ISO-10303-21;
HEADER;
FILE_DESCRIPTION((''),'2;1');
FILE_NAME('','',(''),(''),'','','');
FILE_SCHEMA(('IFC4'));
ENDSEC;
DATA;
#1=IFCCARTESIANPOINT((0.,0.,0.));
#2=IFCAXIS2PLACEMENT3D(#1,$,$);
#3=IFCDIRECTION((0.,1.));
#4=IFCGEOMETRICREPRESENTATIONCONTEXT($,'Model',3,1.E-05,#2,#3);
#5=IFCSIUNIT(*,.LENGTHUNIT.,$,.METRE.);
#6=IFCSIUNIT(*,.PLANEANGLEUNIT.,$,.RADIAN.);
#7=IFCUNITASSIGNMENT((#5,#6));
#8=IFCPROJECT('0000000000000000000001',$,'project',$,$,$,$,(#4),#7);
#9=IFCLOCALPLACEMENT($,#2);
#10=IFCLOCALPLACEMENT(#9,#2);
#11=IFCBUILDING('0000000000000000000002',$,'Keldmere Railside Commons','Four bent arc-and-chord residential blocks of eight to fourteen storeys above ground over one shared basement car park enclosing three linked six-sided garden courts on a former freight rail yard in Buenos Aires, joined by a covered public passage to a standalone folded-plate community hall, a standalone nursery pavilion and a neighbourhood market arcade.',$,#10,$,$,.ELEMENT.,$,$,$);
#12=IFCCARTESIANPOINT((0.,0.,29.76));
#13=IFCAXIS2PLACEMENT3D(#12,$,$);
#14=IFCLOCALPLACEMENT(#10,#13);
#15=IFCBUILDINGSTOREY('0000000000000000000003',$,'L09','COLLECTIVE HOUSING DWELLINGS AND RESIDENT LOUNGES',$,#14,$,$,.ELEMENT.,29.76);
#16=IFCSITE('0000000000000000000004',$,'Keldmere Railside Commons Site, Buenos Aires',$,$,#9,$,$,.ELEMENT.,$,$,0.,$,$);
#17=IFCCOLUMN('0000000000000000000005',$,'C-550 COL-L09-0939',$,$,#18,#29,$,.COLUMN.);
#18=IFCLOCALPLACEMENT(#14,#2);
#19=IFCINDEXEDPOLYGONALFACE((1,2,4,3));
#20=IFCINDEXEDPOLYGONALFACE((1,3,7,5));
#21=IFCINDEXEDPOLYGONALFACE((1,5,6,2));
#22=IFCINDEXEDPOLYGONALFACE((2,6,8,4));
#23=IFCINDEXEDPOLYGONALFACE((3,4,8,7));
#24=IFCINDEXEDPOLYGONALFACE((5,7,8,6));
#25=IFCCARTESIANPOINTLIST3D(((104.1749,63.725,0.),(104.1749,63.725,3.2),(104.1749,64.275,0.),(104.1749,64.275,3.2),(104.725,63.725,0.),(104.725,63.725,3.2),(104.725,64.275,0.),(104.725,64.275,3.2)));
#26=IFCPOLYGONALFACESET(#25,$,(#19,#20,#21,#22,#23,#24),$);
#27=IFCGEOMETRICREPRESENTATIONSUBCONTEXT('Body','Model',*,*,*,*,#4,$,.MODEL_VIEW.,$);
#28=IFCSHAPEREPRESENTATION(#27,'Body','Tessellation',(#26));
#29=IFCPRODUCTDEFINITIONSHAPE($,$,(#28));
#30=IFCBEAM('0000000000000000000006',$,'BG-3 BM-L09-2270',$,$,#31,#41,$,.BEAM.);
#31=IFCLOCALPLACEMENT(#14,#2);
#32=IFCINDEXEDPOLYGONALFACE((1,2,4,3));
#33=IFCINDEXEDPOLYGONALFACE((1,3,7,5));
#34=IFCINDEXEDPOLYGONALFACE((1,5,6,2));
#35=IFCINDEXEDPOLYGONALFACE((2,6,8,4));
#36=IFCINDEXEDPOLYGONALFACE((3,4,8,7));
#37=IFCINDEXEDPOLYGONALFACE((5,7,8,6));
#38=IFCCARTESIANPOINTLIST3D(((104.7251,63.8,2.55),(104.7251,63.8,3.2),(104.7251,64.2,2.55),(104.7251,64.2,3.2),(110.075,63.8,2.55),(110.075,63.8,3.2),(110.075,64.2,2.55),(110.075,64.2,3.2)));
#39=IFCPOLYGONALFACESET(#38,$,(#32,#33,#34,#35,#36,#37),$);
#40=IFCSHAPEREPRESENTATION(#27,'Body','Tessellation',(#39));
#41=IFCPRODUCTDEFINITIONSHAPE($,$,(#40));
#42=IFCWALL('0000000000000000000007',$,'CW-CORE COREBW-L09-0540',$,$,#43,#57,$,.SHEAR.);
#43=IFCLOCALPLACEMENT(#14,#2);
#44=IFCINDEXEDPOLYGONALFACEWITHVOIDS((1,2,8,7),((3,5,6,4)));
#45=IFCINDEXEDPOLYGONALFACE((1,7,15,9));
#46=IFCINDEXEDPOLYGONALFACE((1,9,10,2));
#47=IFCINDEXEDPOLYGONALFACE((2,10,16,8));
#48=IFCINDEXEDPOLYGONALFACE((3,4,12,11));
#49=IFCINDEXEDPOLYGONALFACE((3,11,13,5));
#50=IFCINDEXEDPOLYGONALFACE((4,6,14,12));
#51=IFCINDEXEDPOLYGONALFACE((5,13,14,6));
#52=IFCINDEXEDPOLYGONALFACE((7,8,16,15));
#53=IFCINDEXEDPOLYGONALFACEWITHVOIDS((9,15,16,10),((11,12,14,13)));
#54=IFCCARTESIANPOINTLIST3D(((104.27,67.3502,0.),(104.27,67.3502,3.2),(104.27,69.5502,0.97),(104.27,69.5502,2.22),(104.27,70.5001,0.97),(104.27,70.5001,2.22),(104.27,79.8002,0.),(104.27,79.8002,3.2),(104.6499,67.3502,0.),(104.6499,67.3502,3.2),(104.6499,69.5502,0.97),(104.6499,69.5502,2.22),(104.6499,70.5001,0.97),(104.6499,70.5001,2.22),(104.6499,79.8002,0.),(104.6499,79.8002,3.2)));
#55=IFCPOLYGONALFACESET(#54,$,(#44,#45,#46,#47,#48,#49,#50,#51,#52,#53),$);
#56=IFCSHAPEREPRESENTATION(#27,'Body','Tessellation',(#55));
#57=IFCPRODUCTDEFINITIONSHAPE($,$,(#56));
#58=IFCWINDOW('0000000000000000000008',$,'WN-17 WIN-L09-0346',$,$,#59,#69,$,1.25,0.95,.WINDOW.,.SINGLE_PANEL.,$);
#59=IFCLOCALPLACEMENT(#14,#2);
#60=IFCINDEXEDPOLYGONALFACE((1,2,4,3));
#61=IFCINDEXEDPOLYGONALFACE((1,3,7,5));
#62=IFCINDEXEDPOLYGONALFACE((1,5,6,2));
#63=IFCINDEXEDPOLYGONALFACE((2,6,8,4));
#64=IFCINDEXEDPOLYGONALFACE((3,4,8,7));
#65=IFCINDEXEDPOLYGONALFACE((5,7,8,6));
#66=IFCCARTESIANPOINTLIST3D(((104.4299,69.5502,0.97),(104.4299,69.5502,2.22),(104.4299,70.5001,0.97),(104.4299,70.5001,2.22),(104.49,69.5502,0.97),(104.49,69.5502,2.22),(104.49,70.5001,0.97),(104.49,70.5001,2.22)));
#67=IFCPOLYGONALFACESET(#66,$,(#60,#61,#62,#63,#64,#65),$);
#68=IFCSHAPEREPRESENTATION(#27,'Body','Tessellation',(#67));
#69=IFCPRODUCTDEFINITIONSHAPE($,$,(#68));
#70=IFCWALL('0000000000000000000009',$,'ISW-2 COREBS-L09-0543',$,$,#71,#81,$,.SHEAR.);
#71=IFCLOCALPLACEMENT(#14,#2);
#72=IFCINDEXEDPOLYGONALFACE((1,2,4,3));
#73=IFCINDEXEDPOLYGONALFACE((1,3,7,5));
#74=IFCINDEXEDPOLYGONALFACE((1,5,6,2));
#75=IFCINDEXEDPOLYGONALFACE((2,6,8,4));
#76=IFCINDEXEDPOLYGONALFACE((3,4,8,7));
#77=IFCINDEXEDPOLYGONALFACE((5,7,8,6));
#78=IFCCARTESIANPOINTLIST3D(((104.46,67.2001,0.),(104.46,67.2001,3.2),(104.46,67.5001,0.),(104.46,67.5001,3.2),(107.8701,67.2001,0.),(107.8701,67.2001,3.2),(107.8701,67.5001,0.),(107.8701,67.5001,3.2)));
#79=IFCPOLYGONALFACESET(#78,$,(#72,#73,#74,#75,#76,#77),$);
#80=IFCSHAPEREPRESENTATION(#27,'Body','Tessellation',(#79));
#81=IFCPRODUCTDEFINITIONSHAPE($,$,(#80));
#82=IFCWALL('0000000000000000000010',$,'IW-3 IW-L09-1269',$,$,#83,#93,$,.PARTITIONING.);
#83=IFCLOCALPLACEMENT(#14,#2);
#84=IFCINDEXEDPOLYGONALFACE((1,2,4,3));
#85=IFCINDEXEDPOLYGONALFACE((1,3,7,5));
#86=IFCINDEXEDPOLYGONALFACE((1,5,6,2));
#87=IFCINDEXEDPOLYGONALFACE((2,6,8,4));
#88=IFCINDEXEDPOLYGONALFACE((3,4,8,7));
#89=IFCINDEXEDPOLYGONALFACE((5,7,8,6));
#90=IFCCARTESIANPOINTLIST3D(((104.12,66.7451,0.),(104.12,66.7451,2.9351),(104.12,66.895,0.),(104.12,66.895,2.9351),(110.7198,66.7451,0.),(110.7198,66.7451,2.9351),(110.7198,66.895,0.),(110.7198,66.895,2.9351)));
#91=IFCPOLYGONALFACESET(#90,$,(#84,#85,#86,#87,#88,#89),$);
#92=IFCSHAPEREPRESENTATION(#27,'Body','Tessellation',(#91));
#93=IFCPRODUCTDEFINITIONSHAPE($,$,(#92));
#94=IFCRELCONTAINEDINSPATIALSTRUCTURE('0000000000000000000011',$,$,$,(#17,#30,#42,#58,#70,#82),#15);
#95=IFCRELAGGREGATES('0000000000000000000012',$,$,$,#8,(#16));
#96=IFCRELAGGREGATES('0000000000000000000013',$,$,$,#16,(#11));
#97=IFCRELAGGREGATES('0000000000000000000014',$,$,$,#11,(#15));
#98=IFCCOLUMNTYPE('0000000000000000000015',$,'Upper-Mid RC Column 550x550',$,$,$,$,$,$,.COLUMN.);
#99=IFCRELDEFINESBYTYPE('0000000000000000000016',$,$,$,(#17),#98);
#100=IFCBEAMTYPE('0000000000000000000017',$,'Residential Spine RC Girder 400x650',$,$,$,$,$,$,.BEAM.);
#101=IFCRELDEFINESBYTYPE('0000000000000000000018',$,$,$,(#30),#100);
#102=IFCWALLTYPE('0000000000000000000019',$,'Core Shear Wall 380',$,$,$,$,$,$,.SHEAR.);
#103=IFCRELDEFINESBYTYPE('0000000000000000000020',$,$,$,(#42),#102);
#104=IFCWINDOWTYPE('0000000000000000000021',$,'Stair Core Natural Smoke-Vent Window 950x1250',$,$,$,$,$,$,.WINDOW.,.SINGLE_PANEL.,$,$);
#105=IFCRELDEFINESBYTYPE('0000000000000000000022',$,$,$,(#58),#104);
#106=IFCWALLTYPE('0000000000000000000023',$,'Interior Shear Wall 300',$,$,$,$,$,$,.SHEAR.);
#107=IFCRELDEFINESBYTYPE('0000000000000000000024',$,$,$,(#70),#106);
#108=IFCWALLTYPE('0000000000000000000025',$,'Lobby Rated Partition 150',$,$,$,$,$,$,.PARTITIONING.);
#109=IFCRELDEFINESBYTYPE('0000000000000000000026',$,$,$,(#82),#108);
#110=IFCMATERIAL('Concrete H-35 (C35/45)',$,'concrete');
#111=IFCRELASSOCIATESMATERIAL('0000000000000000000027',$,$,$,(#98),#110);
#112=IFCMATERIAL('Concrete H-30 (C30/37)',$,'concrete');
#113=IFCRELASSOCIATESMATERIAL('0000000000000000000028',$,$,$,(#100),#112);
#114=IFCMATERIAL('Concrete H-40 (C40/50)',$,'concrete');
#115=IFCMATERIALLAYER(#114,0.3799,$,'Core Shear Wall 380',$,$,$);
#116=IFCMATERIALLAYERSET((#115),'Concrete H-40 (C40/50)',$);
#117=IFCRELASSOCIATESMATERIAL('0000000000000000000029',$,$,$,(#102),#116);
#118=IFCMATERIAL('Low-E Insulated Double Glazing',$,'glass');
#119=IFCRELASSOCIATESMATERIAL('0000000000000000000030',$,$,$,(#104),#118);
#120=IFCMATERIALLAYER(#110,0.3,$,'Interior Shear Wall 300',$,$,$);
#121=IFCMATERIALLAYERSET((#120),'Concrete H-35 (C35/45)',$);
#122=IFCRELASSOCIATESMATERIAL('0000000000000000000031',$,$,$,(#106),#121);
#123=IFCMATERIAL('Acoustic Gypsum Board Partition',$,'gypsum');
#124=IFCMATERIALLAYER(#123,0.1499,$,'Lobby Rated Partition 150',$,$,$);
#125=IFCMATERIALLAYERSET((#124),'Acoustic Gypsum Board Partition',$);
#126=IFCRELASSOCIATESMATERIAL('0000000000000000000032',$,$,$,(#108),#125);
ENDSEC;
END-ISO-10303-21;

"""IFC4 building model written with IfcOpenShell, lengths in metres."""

from ifc_helpers import new_model, si_unit, direction, frame, frame_2d, origin, origin_2d, place, context, subcontext, project, spatial, rectangle, extrude, material, layer, layer_set, material_profile, profile_set, type_object, element, fill, save


model = new_model("IFC4")

# Units and contexts
model_context = context("Model", 3, precision=1e-05, world=origin(), true_north=direction((0.0, 1.0)))
body_context = subcontext(model_context, "Body", "Model", "MODEL_VIEW")
ifc_project = project(units=[si_unit("LENGTHUNIT", "METRE"), si_unit("PLANEANGLEUNIT", "RADIAN")], contexts=[model_context])

# Site, building, storey
site_placement = place(None, origin())
site = spatial("IfcSite", under=ifc_project, at=site_placement, Name="Keldmere Railside Commons Site, Buenos Aires", CompositionType="ELEMENT", RefElevation=0.0)
building_placement = place(site_placement, origin())
building = spatial("IfcBuilding", under=site, at=building_placement, Name="Keldmere Railside Commons", Description="Four bent arc-and-chord residential blocks of eight to fourteen storeys above ground over one shared basement car park enclosing three linked six-sided garden courts on a former freight rail yard in Buenos Aires, joined by a covered public passage to a standalone folded-plate community hall, a standalone nursery pavilion and a neighbourhood market arcade.", CompositionType="ELEMENT")
storey_placement = place(building_placement, frame((0.0, 0.0, 29.76)))
storey = spatial("IfcBuildingStorey", under=building, at=storey_placement, Name="L09", Description="COLLECTIVE HOUSING DWELLINGS AND RESIDENT LOUNGES", CompositionType="ELEMENT", Elevation=29.76)

# Column
ifc_material_1 = material(Name="Concrete H-35 (C35/45)", Category="concrete")
ifc_material_profile_1 = material_profile(ifc_material_1, rectangle(XDim=0.55, YDim=0.55, at=origin_2d()), Name="RC-550x550")
ifc_profile_set_1 = profile_set([ifc_material_profile_1], Name="Concrete H-35 (C35/45)")
column_type = type_object("IfcColumnType", Name="Upper-Mid RC Column 550x550", PredefinedType="COLUMN", material=ifc_profile_set_1)
column_placement = place(storey_placement, frame((104.45, 64.0, 0.0), z_axis=(0.0, 0.0, 1.0), x_axis=(1.0, 0.0, 0.0)))
element("IfcColumn", 1, at=column_placement, inside=storey, type_object=column_type, Name="C-550 COL-L09-0939", PredefinedType="COLUMN", context=body_context, shape_type="SweptSolid", body=[
    extrude(rectangle(XDim=0.55, YDim=0.55, at=origin_2d()), origin(), (0.0, 0.0, 1.0), 3.2),
])

# Beam
ifc_material_2 = material(Name="Concrete H-30 (C30/37)", Category="concrete")
ifc_material_profile_2 = material_profile(ifc_material_2, rectangle(XDim=0.3999, YDim=0.6499, at=origin_2d()), Name="RC-400x650")
ifc_profile_set_2 = profile_set([ifc_material_profile_2], Name="Concrete H-30 (C30/37)")
beam_type = type_object("IfcBeamType", Name="Residential Spine RC Girder 400x650", PredefinedType="BEAM", material=ifc_profile_set_2)
beam_placement = place(storey_placement, frame((104.7251, 64.0, 2.875), z_axis=(1.0, 0.0, 0.0), x_axis=(0.0, 1.0, 0.0)))
element("IfcBeam", 2, at=beam_placement, inside=storey, type_object=beam_type, Name="BG-3 BM-L09-2270", PredefinedType="BEAM", context=body_context, shape_type="SweptSolid", body=[
    extrude(rectangle(XDim=0.3999, YDim=0.6499, at=origin_2d()), origin(), (0.0, 0.0, 1.0), 5.3499),
])

# Wall, opening, window
ifc_material_3 = material(Name="Concrete H-40 (C40/50)", Category="concrete")
ifc_layer_1 = layer(ifc_material_3, 0.3799, Name="Core Shear Wall 380")
ifc_layer_set_1 = layer_set([ifc_layer_1], Name="Concrete H-40 (C40/50)")
wall_type_1 = type_object("IfcWallType", Name="Core Shear Wall 380", PredefinedType="SHEAR", material=ifc_layer_set_1)
wall_1_placement = place(storey_placement, frame((104.46, 67.3501, 0.0), z_axis=(0.0, 0.0, 1.0), x_axis=(0.0, 1.0, 0.0)))
wall_1 = element("IfcWall", 3, at=wall_1_placement, inside=storey, type_object=wall_type_1, Name="CW-CORE COREBW-L09-0540", PredefinedType="SHEAR", context=body_context, shape_type="SweptSolid", body=[
    extrude(rectangle(XDim=12.45, YDim=0.3799, at=frame_2d((6.2251, 0.0))), origin(), (0.0, 0.0, 1.0), 3.2),
])
opening_1_placement = place(wall_1_placement, frame((2.2, 0.0, 0.97)))
opening_1 = element("IfcOpeningElement", 4, at=opening_1_placement, cuts=wall_1, PredefinedType="OPENING", context=body_context, shape_type="SweptSolid", body=[
    extrude(rectangle(XDim=0.95, YDim=1.25, at=frame_2d((0.4751, 0.625))), frame((0.0, 0.2, 0.0), z_axis=(0.0, -1.0, 0.0), x_axis=(1.0, 0.0, 0.0)), (0.0, 0.0, 1.0), 0.3999),
])
ifc_material_4 = material(Name="Low-E Insulated Double Glazing", Category="glass")
window_type_1 = type_object("IfcWindowType", Name="Stair Core Natural Smoke-Vent Window 950x1250", PartitioningType="SINGLE_PANEL", PredefinedType="WINDOW", material=ifc_material_4)
window_1_placement = place(opening_1_placement, origin())
window_1 = element("IfcWindow", 5, at=window_1_placement, inside=storey, type_object=window_type_1, Name="WN-17 WIN-L09-0346", OverallHeight=1.25, OverallWidth=0.95, PartitioningType="SINGLE_PANEL", PredefinedType="WINDOW", context=body_context, shape_type="SweptSolid", body=[
    extrude(rectangle(XDim=0.95, YDim=1.25, at=frame_2d((0.4751, 0.625))), frame((0.0, 0.03, 0.0), z_axis=(0.0, -1.0, 0.0), x_axis=(1.0, 0.0, 0.0)), (0.0, 0.0, 1.0), 0.0601),
])
fill(opening_1, window_1)

# Walls
ifc_layer_2 = layer(ifc_material_1, 0.3, Name="Interior Shear Wall 300")
ifc_layer_set_2 = layer_set([ifc_layer_2], Name="Concrete H-35 (C35/45)")
wall_type_2 = type_object("IfcWallType", Name="Interior Shear Wall 300", PredefinedType="SHEAR", material=ifc_layer_set_2)
wall_2_placement = place(storey_placement, frame((107.8701, 67.3501, 0.0), z_axis=(0.0, 0.0, 1.0), x_axis=(-1.0, 0.0, 0.0)))
element("IfcWall", 6, at=wall_2_placement, inside=storey, type_object=wall_type_2, Name="ISW-2 COREBS-L09-0543", PredefinedType="SHEAR", context=body_context, shape_type="SweptSolid", body=[
    extrude(rectangle(XDim=3.4102, YDim=0.3, at=frame_2d((1.7051, 0.0))), origin(), (0.0, 0.0, 1.0), 3.2),
])
ifc_material_5 = material(Name="Acoustic Gypsum Board Partition", Category="gypsum")
ifc_layer_3 = layer(ifc_material_5, 0.1499, Name="Lobby Rated Partition 150")
ifc_layer_set_3 = layer_set([ifc_layer_3], Name="Acoustic Gypsum Board Partition")
wall_type_3 = type_object("IfcWallType", Name="Lobby Rated Partition 150", PredefinedType="PARTITIONING", material=ifc_layer_set_3)
wall_3_placement = place(storey_placement, frame((104.1201, 66.8201, 0.0), z_axis=(0.0, 0.0, 1.0), x_axis=(1.0, 0.0, 0.0)))
element("IfcWall", 7, at=wall_3_placement, inside=storey, type_object=wall_type_3, Name="IW-3 IW-L09-1269", PredefinedType="PARTITIONING", context=body_context, shape_type="SweptSolid", body=[
    extrude(rectangle(XDim=6.5999, YDim=0.1499, at=frame_2d((3.2998, 0.0))), origin(), (0.0, 0.0, 1.0), 2.9351),
])

save(model, "model.ifc")
